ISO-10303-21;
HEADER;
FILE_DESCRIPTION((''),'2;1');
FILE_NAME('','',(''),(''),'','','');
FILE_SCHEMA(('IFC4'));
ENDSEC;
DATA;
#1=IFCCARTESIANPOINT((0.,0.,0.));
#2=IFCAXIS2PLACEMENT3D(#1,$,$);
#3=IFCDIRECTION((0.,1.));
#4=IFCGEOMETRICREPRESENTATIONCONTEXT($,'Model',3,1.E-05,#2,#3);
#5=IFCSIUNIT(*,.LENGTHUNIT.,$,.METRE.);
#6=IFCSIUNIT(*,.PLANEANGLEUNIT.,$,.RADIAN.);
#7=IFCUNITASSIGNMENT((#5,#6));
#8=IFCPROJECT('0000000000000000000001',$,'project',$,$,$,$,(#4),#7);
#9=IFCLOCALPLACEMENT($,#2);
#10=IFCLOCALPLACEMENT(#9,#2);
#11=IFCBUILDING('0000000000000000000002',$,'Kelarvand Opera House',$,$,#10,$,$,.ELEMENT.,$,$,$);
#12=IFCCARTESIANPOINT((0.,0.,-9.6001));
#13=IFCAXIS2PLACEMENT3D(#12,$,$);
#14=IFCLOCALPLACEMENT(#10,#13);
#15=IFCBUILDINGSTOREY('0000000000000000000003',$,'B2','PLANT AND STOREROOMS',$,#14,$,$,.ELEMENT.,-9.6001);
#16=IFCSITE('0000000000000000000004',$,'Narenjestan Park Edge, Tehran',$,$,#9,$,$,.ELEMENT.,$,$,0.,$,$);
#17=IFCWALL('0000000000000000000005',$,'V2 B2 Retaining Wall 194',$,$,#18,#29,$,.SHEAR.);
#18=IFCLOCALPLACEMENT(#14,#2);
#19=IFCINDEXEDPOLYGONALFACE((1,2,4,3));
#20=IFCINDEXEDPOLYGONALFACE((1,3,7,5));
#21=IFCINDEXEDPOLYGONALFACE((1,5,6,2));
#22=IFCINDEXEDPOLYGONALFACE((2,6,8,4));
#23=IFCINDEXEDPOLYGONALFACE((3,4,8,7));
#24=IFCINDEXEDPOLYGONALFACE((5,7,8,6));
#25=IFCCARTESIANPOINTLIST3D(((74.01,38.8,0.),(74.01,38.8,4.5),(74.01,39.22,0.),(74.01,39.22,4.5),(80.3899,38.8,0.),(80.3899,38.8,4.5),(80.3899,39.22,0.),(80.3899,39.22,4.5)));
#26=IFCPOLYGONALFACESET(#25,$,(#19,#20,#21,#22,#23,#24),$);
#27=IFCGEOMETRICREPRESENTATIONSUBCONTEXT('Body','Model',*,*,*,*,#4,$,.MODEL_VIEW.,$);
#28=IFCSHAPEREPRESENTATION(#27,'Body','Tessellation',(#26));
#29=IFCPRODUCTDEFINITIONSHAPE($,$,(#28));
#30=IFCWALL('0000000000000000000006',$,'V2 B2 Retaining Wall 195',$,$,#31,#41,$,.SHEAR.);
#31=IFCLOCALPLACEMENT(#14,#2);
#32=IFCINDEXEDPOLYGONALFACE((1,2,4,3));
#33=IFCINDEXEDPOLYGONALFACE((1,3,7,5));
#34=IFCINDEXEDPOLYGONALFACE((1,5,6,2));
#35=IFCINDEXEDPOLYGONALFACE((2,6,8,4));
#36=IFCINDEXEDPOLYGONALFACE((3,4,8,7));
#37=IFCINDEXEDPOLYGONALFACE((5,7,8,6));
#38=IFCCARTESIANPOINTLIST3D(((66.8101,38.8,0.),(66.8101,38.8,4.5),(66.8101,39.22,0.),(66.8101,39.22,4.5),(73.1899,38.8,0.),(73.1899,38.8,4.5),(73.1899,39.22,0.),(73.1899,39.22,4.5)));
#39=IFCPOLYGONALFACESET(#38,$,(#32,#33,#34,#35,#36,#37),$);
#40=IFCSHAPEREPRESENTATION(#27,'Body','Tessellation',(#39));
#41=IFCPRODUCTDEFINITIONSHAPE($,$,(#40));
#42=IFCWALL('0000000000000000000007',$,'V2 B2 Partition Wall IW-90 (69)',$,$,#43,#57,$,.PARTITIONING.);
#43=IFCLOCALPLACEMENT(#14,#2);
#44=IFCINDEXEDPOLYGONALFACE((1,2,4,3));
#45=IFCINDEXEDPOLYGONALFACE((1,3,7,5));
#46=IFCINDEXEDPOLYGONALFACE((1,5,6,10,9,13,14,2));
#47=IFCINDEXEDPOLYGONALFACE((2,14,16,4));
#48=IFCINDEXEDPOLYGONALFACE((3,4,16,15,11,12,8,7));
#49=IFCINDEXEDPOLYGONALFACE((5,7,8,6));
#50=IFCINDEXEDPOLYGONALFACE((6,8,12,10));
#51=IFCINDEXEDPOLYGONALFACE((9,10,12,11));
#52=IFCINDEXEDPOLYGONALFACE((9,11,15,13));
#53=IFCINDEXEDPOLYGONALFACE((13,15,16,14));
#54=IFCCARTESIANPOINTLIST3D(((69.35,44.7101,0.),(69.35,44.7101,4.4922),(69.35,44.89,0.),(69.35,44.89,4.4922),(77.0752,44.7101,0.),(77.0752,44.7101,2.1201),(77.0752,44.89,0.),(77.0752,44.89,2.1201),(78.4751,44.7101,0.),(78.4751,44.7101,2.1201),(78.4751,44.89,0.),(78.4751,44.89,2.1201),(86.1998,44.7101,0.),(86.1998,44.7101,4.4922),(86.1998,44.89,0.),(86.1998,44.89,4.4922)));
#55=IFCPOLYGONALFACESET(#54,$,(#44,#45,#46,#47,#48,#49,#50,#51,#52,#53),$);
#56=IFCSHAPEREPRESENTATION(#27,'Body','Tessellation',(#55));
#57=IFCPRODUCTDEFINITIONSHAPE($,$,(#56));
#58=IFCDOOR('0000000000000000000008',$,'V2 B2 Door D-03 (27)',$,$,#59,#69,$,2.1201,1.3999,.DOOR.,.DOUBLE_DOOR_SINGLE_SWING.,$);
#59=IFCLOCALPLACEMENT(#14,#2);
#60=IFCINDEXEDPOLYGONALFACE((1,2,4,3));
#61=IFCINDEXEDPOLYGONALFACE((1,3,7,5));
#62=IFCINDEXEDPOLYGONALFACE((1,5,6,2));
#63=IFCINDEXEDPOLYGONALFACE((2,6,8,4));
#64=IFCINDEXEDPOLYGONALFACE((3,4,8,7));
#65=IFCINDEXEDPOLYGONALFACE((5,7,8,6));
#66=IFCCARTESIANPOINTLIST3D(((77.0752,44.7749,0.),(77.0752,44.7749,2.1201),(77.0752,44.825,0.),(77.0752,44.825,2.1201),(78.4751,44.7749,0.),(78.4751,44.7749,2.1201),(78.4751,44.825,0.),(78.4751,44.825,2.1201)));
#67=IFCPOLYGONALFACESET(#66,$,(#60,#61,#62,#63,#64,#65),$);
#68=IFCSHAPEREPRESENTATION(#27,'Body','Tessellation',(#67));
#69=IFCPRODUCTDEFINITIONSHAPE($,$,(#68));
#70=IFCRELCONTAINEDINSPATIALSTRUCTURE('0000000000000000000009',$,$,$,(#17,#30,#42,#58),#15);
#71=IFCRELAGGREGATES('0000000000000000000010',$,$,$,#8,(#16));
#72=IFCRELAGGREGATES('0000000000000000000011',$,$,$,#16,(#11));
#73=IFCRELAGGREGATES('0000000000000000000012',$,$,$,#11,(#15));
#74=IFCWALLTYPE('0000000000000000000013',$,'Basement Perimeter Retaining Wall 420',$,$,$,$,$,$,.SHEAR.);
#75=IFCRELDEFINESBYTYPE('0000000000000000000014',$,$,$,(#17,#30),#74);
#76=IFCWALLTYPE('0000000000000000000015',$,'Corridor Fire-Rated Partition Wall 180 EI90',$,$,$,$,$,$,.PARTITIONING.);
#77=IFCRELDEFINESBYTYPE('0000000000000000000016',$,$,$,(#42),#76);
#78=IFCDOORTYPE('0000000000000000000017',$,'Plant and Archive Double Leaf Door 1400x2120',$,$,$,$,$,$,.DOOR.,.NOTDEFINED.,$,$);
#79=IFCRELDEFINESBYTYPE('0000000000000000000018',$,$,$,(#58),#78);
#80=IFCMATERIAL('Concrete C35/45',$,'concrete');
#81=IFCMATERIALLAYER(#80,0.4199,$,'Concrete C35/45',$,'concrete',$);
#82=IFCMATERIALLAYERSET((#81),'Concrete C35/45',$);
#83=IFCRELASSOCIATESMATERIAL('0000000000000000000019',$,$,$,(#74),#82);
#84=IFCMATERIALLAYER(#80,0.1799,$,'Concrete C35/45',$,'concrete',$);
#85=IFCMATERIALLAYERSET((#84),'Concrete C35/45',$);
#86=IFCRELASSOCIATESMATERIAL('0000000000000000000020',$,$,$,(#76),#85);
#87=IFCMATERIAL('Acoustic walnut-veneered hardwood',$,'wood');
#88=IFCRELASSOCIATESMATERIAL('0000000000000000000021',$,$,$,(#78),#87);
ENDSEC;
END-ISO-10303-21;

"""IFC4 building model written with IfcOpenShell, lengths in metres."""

from ifc_helpers import new_model, si_unit, direction, frame, frame_2d, origin, place, context, subcontext, project, spatial, rectangle, extrude, material, layer, layer_set, type_object, element, fill, save


model = new_model("IFC4")

# Units and contexts
model_context = context("Model", 3, precision=1e-05, world=origin(), true_north=direction((0.0, 1.0)))
body_context = subcontext(model_context, "Body", "Model", "MODEL_VIEW")
ifc_project = project(units=[si_unit("LENGTHUNIT", "METRE"), si_unit("PLANEANGLEUNIT", "RADIAN")], contexts=[model_context])

# Site, building, storey
site_placement = place(None, origin())
site = spatial("IfcSite", under=ifc_project, at=site_placement, Name="Narenjestan Park Edge, Tehran", CompositionType="ELEMENT", RefElevation=0.0)
building_placement = place(site_placement, origin())
building = spatial("IfcBuilding", under=site, at=building_placement, Name="Kelarvand Opera House", CompositionType="ELEMENT")
storey_placement = place(building_placement, frame((0.0, 0.0, -9.6001)))
storey = spatial("IfcBuildingStorey", under=building, at=storey_placement, Name="B2", Description="PLANT AND STOREROOMS", CompositionType="ELEMENT", Elevation=-9.6001)

# Walls
ifc_material_1 = material(Name="Concrete C35/45", Category="concrete")
ifc_layer_1 = layer(ifc_material_1, 0.4199, Name="Concrete C35/45", Category="concrete")
ifc_layer_set_1 = layer_set([ifc_layer_1], Name="Concrete C35/45")
wall_type_1 = type_object("IfcWallType", Name="Basement Perimeter Retaining Wall 420", PredefinedType="SHEAR", material=ifc_layer_set_1)
for number, where, z_axis, x_axis, name in (
    (1, (80.3899, 39.01, 0.0), (0.0, 0.0, 1.0), (-1.0, 0.0, 0.0), "V2 B2 Retaining Wall 194"),
    (2, (73.1899, 39.01, 0.0), (0.0, 0.0, 1.0), (-1.0, 0.0, 0.0), "V2 B2 Retaining Wall 195"),
):
    element("IfcWall", number, at=place(storey_placement, frame(where, z_axis=z_axis, x_axis=x_axis)), inside=storey, type_object=wall_type_1, Name=name, PredefinedType="SHEAR", context=body_context, shape_type="SweptSolid", body=[
        extrude(rectangle(XDim=6.3799, YDim=0.4199, at=frame_2d((3.1899, 0.0))), origin(), (0.0, 0.0, 1.0), 4.5),
    ])

# Wall, opening, door
ifc_layer_2 = layer(ifc_material_1, 0.1799, Name="Concrete C35/45", Category="concrete")
ifc_layer_set_2 = layer_set([ifc_layer_2], Name="Concrete C35/45")
wall_type_2 = type_object("IfcWallType", Name="Corridor Fire-Rated Partition Wall 180 EI90", PredefinedType="PARTITIONING", material=ifc_layer_set_2)
wall_1_placement = place(storey_placement, frame((69.3501, 44.8, 0.0), z_axis=(0.0, 0.0, 1.0), x_axis=(1.0, 0.0, 0.0)))
wall_1 = element("IfcWall", 3, at=wall_1_placement, inside=storey, type_object=wall_type_2, Name="V2 B2 Partition Wall IW-90 (69)", PredefinedType="PARTITIONING", context=body_context, shape_type="SweptSolid", body=[
    extrude(rectangle(XDim=16.8499, YDim=0.1799, at=frame_2d((8.4248, 0.0))), origin(), (0.0, 0.0, 1.0), 4.4922),
])
opening_placement = place(wall_1_placement, frame((7.7251, 0.0, 0.0)))
opening = element("IfcOpeningElement", 4, at=opening_placement, cuts=wall_1, PredefinedType="OPENING", context=body_context, shape_type="SweptSolid", body=[
    extrude(rectangle(XDim=1.3999, YDim=2.1201, at=frame_2d((0.7, 1.0601))), frame((0.0, 0.1001, 0.0), z_axis=(0.0, -1.0, 0.0), x_axis=(1.0, 0.0, 0.0)), (0.0, 0.0, 1.0), 0.2),
])
ifc_material_2 = material(Name="Acoustic walnut-veneered hardwood", Category="wood")
door_type = type_object("IfcDoorType", Name="Plant and Archive Double Leaf Door 1400x2120", OperationType="NOTDEFINED", PredefinedType="DOOR", material=ifc_material_2)
door_placement = place(opening_placement, origin())
door = element("IfcDoor", 5, at=door_placement, inside=storey, type_object=door_type, Name="V2 B2 Door D-03 (27)", OperationType="DOUBLE_DOOR_SINGLE_SWING", OverallHeight=2.1201, OverallWidth=1.3999, PredefinedType="DOOR", context=body_context, shape_type="SweptSolid", body=[
    extrude(rectangle(XDim=1.3999, YDim=2.1201, at=frame_2d((0.7, 1.0601))), frame((0.0, 0.0249, 0.0), z_axis=(0.0, -1.0, 0.0), x_axis=(1.0, 0.0, 0.0)), (0.0, 0.0, 1.0), 0.05),
])
fill(opening, door)

save(model, "model.ifc")
